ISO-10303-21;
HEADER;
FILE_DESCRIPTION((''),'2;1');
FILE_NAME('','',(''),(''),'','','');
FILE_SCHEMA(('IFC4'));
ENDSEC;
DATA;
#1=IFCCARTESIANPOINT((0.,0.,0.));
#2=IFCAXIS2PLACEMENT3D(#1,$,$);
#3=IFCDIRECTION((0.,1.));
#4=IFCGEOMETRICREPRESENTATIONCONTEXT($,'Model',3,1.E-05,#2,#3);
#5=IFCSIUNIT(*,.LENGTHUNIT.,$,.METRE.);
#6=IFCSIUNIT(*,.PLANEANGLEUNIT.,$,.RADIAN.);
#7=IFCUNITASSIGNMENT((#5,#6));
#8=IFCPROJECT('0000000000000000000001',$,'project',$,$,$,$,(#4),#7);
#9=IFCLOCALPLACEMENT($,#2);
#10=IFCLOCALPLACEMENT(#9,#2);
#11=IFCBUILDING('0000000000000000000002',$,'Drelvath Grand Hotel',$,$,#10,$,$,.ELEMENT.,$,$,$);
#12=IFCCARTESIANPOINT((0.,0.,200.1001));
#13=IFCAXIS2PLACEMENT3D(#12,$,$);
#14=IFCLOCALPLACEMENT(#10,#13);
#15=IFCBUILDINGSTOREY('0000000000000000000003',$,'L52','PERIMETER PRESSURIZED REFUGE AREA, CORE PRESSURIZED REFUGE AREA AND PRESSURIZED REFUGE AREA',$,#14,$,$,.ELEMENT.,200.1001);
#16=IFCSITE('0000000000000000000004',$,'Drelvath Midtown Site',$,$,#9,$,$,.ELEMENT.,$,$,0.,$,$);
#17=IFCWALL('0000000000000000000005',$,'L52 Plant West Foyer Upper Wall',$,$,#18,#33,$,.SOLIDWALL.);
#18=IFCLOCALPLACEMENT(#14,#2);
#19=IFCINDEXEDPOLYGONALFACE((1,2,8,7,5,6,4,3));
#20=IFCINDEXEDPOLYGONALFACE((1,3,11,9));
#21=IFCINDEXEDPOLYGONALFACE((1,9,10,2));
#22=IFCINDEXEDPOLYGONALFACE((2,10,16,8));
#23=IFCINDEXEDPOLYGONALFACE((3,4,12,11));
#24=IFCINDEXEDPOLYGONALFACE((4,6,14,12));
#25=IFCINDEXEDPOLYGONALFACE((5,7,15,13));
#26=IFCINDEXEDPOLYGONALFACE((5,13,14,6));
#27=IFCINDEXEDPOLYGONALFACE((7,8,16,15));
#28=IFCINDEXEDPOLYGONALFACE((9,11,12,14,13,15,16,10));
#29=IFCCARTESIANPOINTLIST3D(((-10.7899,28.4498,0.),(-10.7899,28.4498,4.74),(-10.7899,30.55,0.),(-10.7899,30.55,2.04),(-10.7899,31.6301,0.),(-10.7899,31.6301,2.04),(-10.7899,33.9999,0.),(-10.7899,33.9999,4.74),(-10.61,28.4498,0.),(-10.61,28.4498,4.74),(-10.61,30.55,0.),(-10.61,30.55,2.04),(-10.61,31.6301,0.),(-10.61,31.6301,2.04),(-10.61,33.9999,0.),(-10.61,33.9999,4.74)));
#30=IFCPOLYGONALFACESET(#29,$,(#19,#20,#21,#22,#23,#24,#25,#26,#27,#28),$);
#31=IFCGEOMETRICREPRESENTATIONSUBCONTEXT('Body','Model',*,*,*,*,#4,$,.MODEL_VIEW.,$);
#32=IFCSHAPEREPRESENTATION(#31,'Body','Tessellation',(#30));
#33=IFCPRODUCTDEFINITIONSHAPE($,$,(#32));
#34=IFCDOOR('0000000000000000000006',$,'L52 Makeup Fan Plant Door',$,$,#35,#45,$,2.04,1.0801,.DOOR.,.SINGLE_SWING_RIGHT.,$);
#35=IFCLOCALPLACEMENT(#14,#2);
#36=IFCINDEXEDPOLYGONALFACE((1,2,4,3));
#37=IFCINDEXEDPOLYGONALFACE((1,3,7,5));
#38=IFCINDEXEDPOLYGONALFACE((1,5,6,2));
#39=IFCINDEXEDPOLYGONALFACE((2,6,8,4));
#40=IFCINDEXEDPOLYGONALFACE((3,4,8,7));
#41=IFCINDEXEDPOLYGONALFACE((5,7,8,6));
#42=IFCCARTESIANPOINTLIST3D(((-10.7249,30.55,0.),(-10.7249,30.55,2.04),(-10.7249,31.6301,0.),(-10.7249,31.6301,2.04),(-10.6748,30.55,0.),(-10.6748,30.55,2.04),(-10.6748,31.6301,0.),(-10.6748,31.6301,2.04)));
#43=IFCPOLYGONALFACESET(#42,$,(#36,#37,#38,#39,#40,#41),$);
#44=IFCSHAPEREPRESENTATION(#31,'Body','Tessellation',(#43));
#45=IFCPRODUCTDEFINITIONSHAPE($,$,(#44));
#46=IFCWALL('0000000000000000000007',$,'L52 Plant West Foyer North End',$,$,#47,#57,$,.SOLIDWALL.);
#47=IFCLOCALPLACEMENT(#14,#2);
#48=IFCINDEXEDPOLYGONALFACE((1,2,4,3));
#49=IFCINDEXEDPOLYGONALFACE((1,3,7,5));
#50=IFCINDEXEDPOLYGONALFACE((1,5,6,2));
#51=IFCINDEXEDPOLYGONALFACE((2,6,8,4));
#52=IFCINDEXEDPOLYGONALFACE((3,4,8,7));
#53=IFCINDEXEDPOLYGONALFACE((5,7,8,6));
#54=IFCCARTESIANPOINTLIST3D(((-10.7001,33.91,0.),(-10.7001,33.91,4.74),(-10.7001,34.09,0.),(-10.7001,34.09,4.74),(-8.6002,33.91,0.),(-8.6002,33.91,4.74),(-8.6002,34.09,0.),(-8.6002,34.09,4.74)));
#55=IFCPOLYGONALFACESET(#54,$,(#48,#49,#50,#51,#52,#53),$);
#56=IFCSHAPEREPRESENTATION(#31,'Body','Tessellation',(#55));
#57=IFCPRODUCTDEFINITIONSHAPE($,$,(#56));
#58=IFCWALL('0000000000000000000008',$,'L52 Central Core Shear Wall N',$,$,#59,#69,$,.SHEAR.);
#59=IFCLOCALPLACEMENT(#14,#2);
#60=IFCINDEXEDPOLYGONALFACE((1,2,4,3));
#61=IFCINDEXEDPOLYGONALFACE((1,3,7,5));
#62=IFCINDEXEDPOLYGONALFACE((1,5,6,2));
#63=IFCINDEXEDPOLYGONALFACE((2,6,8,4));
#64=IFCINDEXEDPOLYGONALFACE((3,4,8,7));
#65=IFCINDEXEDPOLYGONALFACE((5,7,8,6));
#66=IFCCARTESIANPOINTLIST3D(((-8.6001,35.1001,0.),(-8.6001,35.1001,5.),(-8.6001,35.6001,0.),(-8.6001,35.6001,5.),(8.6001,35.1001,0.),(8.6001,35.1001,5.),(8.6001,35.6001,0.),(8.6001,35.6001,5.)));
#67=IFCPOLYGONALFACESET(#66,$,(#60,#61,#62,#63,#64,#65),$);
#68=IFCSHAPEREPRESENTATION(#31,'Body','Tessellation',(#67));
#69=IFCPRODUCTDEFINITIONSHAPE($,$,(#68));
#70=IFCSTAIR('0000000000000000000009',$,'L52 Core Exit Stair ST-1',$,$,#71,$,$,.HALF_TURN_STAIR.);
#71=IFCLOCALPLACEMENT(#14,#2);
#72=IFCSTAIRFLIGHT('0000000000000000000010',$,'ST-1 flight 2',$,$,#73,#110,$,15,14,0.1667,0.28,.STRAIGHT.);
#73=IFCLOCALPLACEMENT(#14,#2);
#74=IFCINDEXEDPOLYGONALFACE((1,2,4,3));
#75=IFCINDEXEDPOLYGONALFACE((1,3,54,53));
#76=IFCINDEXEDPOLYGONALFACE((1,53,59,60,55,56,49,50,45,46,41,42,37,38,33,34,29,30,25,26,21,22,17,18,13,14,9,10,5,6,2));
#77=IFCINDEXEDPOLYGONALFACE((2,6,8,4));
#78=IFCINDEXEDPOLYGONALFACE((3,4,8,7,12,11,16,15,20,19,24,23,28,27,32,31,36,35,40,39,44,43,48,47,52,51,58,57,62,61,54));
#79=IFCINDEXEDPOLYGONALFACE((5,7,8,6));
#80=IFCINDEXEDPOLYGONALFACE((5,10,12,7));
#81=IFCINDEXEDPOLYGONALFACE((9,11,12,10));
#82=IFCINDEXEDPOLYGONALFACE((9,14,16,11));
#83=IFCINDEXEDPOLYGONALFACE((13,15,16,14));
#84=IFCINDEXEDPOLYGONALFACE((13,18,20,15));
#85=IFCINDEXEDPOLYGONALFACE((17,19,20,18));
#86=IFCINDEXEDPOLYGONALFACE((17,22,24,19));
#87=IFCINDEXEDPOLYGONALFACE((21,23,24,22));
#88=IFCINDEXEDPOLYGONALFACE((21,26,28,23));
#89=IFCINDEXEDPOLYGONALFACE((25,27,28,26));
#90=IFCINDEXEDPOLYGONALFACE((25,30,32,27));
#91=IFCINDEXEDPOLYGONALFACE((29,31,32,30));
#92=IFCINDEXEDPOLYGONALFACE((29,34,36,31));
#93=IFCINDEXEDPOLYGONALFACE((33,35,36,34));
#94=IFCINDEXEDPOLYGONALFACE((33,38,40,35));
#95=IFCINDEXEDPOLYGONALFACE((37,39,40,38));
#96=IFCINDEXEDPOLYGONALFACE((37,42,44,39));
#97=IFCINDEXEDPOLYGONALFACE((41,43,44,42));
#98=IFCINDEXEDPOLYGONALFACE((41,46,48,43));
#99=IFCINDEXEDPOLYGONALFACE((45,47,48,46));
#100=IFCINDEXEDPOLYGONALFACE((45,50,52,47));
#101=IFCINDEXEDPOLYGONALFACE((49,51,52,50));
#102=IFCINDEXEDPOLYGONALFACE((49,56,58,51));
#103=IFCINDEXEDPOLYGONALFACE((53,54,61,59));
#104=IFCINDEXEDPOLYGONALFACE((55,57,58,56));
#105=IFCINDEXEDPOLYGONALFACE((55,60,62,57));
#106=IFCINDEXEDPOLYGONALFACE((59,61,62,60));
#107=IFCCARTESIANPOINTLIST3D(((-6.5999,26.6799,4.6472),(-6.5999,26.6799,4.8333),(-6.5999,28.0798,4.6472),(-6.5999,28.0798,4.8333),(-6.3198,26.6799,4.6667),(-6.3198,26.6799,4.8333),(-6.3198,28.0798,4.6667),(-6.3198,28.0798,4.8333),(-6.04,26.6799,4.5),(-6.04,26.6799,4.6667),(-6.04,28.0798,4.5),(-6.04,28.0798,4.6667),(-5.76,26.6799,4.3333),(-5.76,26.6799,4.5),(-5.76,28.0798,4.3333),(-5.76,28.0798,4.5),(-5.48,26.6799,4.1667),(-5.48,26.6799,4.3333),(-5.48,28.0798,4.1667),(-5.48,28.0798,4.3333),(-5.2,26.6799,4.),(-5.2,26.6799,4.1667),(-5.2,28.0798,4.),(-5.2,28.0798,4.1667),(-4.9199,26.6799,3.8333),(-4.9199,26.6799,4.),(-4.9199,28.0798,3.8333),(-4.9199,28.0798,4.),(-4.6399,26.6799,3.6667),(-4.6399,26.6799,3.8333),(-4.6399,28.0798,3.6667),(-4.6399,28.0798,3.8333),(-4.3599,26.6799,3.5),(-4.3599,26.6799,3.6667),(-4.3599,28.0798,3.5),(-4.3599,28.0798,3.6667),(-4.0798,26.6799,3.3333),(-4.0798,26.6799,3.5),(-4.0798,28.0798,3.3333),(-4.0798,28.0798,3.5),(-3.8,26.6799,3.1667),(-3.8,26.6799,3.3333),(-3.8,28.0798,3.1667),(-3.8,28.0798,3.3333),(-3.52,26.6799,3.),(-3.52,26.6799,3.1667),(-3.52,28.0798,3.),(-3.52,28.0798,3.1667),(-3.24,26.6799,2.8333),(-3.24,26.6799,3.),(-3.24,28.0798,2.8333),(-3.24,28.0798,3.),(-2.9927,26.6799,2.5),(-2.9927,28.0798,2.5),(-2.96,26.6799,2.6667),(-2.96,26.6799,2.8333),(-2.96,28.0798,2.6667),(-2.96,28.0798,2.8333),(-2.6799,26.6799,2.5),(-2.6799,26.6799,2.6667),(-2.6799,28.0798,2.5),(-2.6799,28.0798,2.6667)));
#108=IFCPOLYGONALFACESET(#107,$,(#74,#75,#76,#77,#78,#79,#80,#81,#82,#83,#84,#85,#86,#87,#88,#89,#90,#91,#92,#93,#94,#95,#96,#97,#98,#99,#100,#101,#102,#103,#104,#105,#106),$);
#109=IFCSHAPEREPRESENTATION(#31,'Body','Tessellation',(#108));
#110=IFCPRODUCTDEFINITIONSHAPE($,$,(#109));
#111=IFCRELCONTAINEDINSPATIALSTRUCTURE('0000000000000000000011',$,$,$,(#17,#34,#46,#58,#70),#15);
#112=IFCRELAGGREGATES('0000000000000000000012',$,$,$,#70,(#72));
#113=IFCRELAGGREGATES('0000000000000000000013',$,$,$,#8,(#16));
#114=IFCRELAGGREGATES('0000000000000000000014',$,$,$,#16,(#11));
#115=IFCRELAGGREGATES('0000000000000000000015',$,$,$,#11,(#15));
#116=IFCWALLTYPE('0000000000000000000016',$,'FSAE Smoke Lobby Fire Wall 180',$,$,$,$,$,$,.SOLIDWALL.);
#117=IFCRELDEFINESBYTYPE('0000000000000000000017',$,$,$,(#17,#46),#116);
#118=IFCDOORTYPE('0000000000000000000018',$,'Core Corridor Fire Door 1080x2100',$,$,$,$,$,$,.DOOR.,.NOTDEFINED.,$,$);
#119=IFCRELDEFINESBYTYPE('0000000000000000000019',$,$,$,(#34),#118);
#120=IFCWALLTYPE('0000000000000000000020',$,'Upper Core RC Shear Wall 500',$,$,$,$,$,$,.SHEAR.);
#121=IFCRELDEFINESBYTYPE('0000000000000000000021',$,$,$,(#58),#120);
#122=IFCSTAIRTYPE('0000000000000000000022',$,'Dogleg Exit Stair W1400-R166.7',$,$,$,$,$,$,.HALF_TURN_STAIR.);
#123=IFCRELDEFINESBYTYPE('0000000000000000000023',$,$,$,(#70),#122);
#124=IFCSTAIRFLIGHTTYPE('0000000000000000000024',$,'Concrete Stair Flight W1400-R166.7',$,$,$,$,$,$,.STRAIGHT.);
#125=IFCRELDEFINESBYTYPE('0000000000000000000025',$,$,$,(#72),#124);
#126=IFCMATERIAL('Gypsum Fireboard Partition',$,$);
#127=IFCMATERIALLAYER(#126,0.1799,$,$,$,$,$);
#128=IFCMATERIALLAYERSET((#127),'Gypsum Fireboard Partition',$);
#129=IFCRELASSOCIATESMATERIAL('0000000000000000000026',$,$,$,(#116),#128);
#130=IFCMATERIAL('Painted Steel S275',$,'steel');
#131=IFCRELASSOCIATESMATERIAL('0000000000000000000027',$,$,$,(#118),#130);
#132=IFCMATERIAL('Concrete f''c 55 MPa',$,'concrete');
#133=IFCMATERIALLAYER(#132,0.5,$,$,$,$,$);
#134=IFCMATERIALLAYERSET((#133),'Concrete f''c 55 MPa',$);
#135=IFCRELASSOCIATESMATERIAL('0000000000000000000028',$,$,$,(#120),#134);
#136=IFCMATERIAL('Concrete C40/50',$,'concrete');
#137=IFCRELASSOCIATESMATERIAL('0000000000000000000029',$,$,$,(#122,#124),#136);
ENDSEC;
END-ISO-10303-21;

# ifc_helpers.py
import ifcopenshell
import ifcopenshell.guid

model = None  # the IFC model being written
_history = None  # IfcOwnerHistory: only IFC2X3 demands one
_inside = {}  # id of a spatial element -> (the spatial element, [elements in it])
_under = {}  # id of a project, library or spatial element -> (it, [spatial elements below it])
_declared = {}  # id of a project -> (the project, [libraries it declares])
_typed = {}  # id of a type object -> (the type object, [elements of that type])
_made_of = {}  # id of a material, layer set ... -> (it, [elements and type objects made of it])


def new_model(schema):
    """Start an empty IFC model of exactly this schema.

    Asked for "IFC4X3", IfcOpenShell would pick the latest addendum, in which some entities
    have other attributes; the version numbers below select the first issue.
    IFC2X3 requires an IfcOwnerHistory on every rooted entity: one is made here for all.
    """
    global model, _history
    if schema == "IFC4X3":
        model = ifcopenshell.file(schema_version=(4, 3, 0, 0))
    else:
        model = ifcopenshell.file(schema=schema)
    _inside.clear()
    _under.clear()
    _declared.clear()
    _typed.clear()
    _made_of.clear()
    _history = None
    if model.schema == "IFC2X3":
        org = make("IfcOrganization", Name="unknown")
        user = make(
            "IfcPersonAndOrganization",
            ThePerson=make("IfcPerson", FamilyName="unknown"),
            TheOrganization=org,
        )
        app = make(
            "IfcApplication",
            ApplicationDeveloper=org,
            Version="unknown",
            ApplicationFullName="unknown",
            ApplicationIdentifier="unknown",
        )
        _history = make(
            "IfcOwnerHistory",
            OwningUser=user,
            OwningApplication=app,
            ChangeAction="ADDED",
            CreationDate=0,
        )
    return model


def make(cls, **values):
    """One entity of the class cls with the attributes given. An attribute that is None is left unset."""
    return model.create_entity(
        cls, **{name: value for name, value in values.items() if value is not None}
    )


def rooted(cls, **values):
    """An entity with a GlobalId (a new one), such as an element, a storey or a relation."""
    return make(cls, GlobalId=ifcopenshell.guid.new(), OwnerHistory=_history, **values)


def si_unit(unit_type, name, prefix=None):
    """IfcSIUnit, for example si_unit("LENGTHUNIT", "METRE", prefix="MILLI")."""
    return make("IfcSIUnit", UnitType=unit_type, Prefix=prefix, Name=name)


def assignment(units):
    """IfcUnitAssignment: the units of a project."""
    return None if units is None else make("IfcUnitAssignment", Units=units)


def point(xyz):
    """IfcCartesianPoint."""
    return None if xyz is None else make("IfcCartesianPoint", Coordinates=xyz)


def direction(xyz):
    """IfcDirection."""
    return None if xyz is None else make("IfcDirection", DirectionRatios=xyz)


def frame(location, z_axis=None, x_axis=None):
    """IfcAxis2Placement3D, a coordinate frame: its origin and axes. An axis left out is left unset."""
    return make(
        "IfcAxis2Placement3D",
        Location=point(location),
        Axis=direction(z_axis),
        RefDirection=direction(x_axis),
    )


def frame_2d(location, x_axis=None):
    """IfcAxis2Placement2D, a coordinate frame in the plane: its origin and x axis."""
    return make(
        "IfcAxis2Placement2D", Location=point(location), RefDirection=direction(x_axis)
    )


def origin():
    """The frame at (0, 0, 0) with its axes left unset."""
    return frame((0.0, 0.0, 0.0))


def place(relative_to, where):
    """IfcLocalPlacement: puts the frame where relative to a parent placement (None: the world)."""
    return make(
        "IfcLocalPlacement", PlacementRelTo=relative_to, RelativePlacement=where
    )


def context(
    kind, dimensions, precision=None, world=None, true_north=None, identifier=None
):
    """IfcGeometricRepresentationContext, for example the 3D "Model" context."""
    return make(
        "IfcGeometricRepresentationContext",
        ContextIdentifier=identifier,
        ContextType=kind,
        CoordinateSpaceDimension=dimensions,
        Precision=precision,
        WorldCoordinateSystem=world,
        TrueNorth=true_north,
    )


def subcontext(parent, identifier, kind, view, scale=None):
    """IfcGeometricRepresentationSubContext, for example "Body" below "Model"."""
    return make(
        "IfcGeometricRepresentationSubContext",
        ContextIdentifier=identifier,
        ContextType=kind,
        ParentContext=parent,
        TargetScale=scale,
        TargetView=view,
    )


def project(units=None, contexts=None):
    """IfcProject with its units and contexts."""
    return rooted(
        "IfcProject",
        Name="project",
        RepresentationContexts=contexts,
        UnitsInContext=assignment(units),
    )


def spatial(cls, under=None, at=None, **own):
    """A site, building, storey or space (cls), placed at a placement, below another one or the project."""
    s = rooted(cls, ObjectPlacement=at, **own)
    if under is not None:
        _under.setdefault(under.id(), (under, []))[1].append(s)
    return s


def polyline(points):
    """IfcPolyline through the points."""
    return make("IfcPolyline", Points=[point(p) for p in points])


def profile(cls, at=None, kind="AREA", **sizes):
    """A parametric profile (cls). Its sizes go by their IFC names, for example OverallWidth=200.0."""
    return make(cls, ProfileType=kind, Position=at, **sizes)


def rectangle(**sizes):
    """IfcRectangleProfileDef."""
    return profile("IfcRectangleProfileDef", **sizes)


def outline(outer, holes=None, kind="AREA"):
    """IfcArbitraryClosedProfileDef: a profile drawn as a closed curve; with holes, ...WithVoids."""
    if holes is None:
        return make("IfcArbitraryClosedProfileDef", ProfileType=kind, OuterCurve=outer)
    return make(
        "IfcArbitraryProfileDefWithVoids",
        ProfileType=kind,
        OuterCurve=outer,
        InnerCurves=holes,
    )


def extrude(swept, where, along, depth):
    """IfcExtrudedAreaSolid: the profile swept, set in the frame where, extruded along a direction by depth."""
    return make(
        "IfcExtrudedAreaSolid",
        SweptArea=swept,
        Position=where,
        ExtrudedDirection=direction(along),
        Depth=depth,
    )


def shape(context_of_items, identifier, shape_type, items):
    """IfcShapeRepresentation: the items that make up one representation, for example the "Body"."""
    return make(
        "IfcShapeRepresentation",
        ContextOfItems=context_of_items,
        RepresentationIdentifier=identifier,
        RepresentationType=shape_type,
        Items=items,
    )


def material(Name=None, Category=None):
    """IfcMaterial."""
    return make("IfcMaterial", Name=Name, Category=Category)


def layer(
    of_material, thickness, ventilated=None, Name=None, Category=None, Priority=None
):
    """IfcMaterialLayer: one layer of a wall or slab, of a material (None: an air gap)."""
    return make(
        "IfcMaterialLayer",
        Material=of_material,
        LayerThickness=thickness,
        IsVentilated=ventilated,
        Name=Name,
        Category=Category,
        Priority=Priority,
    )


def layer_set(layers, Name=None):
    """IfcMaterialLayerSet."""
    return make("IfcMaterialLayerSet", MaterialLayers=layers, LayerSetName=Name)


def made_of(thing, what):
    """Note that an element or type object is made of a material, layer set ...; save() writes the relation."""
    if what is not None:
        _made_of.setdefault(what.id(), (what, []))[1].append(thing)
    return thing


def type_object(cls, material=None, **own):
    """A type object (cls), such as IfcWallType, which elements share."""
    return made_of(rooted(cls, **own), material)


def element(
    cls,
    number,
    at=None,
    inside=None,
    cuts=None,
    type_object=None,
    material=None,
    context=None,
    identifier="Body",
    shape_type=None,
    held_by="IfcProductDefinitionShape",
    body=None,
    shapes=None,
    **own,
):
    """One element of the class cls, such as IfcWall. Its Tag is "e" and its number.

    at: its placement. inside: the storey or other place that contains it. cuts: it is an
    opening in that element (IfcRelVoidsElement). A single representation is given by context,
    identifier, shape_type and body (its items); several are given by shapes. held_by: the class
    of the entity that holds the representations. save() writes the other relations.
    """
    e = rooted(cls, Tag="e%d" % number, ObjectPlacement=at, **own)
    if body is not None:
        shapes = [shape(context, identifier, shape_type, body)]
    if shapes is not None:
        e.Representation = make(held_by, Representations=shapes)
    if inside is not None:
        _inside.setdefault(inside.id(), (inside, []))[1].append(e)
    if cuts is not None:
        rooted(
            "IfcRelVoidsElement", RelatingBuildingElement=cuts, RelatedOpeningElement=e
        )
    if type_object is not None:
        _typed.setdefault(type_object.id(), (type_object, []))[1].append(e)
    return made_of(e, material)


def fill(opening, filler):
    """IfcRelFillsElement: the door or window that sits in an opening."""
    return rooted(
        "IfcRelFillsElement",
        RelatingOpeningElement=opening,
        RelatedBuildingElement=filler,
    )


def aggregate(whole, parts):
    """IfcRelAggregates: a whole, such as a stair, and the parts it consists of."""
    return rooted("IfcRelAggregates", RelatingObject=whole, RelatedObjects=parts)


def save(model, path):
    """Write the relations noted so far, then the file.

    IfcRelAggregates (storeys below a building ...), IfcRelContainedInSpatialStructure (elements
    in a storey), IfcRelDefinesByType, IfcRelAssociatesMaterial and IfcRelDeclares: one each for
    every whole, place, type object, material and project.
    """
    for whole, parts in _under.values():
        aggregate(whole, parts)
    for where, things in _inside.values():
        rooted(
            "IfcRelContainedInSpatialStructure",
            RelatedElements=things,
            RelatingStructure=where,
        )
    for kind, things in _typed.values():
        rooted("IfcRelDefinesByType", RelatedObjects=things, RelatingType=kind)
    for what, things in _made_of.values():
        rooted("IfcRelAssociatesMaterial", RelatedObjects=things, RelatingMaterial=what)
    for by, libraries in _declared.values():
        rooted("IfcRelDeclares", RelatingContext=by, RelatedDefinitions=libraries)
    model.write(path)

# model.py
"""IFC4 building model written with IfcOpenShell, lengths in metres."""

from ifc_helpers import new_model, si_unit, direction, frame, frame_2d, origin, place, context, subcontext, project, spatial, polyline, rectangle, outline, extrude, material, layer, layer_set, type_object, element, fill, aggregate, save


model = new_model("IFC4")

# Units and contexts
model_context = context("Model", 3, precision=1e-05, world=origin(), true_north=direction((0.0, 1.0)))
body_context = subcontext(model_context, "Body", "Model", "MODEL_VIEW")
ifc_project = project(units=[si_unit("LENGTHUNIT", "METRE"), si_unit("PLANEANGLEUNIT", "RADIAN")], contexts=[model_context])

# Site, building, storey
site_placement = place(None, origin())
site = spatial("IfcSite", under=ifc_project, at=site_placement, Name="Drelvath Midtown Site", CompositionType="ELEMENT", RefElevation=0.0)
building_placement = place(site_placement, origin())
building = spatial("IfcBuilding", under=site, at=building_placement, Name="Drelvath Grand Hotel", CompositionType="ELEMENT")
storey_placement = place(building_placement, frame((0.0, 0.0, 200.1001)))
storey = spatial("IfcBuildingStorey", under=building, at=storey_placement, Name="L52", Description="PERIMETER PRESSURIZED REFUGE AREA, CORE PRESSURIZED REFUGE AREA AND PRESSURIZED REFUGE AREA", CompositionType="ELEMENT", Elevation=200.1001)

# Shared definitions
ifc_material_1 = material(Name="Concrete f'c 55 MPa", Category="concrete")

# Shared definitions
ifc_material_2 = material(Name="Painted Steel S275", Category="steel")

# Shared definitions
ifc_material_3 = material(Name="Concrete C40/50", Category="concrete")

# Shared definitions
ifc_material_4 = material(Name="Gypsum Fireboard Partition")
ifc_layer_1 = layer(ifc_material_4, 0.1799)
ifc_layer_set_1 = layer_set([ifc_layer_1], Name="Gypsum Fireboard Partition")
wall_type_1 = type_object("IfcWallType", Name="FSAE Smoke Lobby Fire Wall 180", PredefinedType="SOLIDWALL", material=ifc_layer_set_1)

# Wall, opening, door
wall_1_placement = place(storey_placement, frame((-10.7, 28.45, 0.0), z_axis=(0.0, 0.0, 1.0), x_axis=(0.0, 1.0, 0.0)))
wall_1 = element("IfcWall", 1, at=wall_1_placement, inside=storey, type_object=wall_type_1, Name="L52 Plant West Foyer Upper Wall", PredefinedType="SOLIDWALL", context=body_context, shape_type="SweptSolid", body=[
    extrude(rectangle(XDim=5.55, YDim=0.1799, at=frame_2d((2.7749, 0.0))), origin(), (0.0, 0.0, 1.0), 4.74),
])
opening_1_placement = place(wall_1_placement, frame((2.1001, 0.0, 0.0)))
opening_1 = element("IfcOpeningElement", 2, at=opening_1_placement, cuts=wall_1, PredefinedType="OPENING", context=body_context, shape_type="SweptSolid", body=[
    extrude(rectangle(XDim=1.0801, YDim=2.04, at=frame_2d((0.54, 1.02))), frame((0.0, 0.0999, 0.0), z_axis=(0.0, -1.0, 0.0), x_axis=(1.0, 0.0, 0.0)), (0.0, 0.0, 1.0), 0.2),
])
door_type_1 = type_object("IfcDoorType", Name="Core Corridor Fire Door 1080x2100", OperationType="NOTDEFINED", PredefinedType="DOOR", material=ifc_material_2)
door_1_placement = place(opening_1_placement, origin())
door_1 = element("IfcDoor", 3, at=door_1_placement, inside=storey, type_object=door_type_1, Name="L52 Makeup Fan Plant Door", OperationType="SINGLE_SWING_RIGHT", OverallHeight=2.04, OverallWidth=1.0801, PredefinedType="DOOR", context=body_context, shape_type="SweptSolid", body=[
    extrude(rectangle(XDim=1.0801, YDim=2.04, at=frame_2d((0.54, 1.02))), frame((0.0, 0.0249, 0.0), z_axis=(0.0, -1.0, 0.0), x_axis=(1.0, 0.0, 0.0)), (0.0, 0.0, 1.0), 0.05),
])
fill(opening_1, door_1)

# Walls
wall_2_placement = place(storey_placement, frame((-10.7, 34.0, 0.0), z_axis=(0.0, 0.0, 1.0), x_axis=(1.0, 0.0, 0.0)))
element("IfcWall", 4, at=wall_2_placement, inside=storey, type_object=wall_type_1, Name="L52 Plant West Foyer North End", PredefinedType="SOLIDWALL", context=body_context, shape_type="SweptSolid", body=[
    extrude(rectangle(XDim=2.0999, YDim=0.1799, at=frame_2d((1.0498, 0.0))), origin(), (0.0, 0.0, 1.0), 4.74),
])
ifc_layer_2 = layer(ifc_material_1, 0.5)
ifc_layer_set_2 = layer_set([ifc_layer_2], Name="Concrete f'c 55 MPa")
wall_type_2 = type_object("IfcWallType", Name="Upper Core RC Shear Wall 500", PredefinedType="SHEAR", material=ifc_layer_set_2)
wall_3_placement = place(storey_placement, frame((-8.6001, 35.3501, 0.0), z_axis=(0.0, 0.0, 1.0), x_axis=(1.0, 0.0, 0.0)))
element("IfcWall", 5, at=wall_3_placement, inside=storey, type_object=wall_type_2, Name="L52 Central Core Shear Wall N", PredefinedType="SHEAR", context=body_context, shape_type="SweptSolid", body=[
    extrude(rectangle(XDim=17.2002, YDim=0.5, at=frame_2d((8.6001, 0.0))), origin(), (0.0, 0.0, 1.0), 5.0),
])

# Stair, stair flight
stair_type = type_object("IfcStairType", Name="Dogleg Exit Stair W1400-R166.7", PredefinedType="HALF_TURN_STAIR", material=ifc_material_3)
stair_placement = place(storey_placement, origin())
stair = element("IfcStair", 6, at=stair_placement, inside=storey, type_object=stair_type, Name="L52 Core Exit Stair ST-1", PredefinedType="HALF_TURN_STAIR")
stair_flight_type = type_object("IfcStairFlightType", Name="Concrete Stair Flight W1400-R166.7", PredefinedType="STRAIGHT", material=ifc_material_3)
stair_flight_placement = place(storey_placement, frame((-2.6799, 27.3799, 2.5), z_axis=(0.0, 0.0, 1.0), x_axis=(-1.0, 0.0, 0.0)))
stair_flight = element("IfcStairFlight", 7, at=stair_flight_placement, type_object=stair_flight_type, Name="ST-1 flight 2", NumberOfRisers=15, NumberOfTreads=14, PredefinedType="STRAIGHT", RiserHeight=0.1667, TreadLength=0.28, context=body_context, shape_type="SweptSolid", body=[
    extrude(outline(polyline([(0.0, 0.0), (0.0, 0.1667), (0.28, 0.1667), (0.28, 0.3333), (0.5601, 0.3333), (0.5601, 0.5), (0.8401, 0.5), (0.8401, 0.6667), (1.1201, 0.6667), (1.1201, 0.8333), (1.3999, 0.8333), (1.3999, 1.0), (1.6799, 1.0), (1.6799, 1.1667), (1.96, 1.1667), (1.96, 1.3333), (2.24, 1.3333), (2.24, 1.5), (2.52, 1.5), (2.52, 1.6667), (2.8, 1.6667), (2.8, 1.8333), (3.0801, 1.8333), (3.0801, 2.0), (3.3601, 2.0), (3.3601, 2.1667), (3.6399, 2.1667), (3.6399, 2.3333), (3.9199, 2.3333), (3.9199, 2.5), (3.9199, 2.1472), (0.3127, 0.0), (0.0, 0.0)])), frame((0.0, 0.7, 0.0), z_axis=(0.0, -1.0, 0.0), x_axis=(1.0, 0.0, 0.0)), (0.0, 0.0, 1.0), 1.3999),
])
aggregate(stair, [stair_flight])

save(model, "model.ifc")
